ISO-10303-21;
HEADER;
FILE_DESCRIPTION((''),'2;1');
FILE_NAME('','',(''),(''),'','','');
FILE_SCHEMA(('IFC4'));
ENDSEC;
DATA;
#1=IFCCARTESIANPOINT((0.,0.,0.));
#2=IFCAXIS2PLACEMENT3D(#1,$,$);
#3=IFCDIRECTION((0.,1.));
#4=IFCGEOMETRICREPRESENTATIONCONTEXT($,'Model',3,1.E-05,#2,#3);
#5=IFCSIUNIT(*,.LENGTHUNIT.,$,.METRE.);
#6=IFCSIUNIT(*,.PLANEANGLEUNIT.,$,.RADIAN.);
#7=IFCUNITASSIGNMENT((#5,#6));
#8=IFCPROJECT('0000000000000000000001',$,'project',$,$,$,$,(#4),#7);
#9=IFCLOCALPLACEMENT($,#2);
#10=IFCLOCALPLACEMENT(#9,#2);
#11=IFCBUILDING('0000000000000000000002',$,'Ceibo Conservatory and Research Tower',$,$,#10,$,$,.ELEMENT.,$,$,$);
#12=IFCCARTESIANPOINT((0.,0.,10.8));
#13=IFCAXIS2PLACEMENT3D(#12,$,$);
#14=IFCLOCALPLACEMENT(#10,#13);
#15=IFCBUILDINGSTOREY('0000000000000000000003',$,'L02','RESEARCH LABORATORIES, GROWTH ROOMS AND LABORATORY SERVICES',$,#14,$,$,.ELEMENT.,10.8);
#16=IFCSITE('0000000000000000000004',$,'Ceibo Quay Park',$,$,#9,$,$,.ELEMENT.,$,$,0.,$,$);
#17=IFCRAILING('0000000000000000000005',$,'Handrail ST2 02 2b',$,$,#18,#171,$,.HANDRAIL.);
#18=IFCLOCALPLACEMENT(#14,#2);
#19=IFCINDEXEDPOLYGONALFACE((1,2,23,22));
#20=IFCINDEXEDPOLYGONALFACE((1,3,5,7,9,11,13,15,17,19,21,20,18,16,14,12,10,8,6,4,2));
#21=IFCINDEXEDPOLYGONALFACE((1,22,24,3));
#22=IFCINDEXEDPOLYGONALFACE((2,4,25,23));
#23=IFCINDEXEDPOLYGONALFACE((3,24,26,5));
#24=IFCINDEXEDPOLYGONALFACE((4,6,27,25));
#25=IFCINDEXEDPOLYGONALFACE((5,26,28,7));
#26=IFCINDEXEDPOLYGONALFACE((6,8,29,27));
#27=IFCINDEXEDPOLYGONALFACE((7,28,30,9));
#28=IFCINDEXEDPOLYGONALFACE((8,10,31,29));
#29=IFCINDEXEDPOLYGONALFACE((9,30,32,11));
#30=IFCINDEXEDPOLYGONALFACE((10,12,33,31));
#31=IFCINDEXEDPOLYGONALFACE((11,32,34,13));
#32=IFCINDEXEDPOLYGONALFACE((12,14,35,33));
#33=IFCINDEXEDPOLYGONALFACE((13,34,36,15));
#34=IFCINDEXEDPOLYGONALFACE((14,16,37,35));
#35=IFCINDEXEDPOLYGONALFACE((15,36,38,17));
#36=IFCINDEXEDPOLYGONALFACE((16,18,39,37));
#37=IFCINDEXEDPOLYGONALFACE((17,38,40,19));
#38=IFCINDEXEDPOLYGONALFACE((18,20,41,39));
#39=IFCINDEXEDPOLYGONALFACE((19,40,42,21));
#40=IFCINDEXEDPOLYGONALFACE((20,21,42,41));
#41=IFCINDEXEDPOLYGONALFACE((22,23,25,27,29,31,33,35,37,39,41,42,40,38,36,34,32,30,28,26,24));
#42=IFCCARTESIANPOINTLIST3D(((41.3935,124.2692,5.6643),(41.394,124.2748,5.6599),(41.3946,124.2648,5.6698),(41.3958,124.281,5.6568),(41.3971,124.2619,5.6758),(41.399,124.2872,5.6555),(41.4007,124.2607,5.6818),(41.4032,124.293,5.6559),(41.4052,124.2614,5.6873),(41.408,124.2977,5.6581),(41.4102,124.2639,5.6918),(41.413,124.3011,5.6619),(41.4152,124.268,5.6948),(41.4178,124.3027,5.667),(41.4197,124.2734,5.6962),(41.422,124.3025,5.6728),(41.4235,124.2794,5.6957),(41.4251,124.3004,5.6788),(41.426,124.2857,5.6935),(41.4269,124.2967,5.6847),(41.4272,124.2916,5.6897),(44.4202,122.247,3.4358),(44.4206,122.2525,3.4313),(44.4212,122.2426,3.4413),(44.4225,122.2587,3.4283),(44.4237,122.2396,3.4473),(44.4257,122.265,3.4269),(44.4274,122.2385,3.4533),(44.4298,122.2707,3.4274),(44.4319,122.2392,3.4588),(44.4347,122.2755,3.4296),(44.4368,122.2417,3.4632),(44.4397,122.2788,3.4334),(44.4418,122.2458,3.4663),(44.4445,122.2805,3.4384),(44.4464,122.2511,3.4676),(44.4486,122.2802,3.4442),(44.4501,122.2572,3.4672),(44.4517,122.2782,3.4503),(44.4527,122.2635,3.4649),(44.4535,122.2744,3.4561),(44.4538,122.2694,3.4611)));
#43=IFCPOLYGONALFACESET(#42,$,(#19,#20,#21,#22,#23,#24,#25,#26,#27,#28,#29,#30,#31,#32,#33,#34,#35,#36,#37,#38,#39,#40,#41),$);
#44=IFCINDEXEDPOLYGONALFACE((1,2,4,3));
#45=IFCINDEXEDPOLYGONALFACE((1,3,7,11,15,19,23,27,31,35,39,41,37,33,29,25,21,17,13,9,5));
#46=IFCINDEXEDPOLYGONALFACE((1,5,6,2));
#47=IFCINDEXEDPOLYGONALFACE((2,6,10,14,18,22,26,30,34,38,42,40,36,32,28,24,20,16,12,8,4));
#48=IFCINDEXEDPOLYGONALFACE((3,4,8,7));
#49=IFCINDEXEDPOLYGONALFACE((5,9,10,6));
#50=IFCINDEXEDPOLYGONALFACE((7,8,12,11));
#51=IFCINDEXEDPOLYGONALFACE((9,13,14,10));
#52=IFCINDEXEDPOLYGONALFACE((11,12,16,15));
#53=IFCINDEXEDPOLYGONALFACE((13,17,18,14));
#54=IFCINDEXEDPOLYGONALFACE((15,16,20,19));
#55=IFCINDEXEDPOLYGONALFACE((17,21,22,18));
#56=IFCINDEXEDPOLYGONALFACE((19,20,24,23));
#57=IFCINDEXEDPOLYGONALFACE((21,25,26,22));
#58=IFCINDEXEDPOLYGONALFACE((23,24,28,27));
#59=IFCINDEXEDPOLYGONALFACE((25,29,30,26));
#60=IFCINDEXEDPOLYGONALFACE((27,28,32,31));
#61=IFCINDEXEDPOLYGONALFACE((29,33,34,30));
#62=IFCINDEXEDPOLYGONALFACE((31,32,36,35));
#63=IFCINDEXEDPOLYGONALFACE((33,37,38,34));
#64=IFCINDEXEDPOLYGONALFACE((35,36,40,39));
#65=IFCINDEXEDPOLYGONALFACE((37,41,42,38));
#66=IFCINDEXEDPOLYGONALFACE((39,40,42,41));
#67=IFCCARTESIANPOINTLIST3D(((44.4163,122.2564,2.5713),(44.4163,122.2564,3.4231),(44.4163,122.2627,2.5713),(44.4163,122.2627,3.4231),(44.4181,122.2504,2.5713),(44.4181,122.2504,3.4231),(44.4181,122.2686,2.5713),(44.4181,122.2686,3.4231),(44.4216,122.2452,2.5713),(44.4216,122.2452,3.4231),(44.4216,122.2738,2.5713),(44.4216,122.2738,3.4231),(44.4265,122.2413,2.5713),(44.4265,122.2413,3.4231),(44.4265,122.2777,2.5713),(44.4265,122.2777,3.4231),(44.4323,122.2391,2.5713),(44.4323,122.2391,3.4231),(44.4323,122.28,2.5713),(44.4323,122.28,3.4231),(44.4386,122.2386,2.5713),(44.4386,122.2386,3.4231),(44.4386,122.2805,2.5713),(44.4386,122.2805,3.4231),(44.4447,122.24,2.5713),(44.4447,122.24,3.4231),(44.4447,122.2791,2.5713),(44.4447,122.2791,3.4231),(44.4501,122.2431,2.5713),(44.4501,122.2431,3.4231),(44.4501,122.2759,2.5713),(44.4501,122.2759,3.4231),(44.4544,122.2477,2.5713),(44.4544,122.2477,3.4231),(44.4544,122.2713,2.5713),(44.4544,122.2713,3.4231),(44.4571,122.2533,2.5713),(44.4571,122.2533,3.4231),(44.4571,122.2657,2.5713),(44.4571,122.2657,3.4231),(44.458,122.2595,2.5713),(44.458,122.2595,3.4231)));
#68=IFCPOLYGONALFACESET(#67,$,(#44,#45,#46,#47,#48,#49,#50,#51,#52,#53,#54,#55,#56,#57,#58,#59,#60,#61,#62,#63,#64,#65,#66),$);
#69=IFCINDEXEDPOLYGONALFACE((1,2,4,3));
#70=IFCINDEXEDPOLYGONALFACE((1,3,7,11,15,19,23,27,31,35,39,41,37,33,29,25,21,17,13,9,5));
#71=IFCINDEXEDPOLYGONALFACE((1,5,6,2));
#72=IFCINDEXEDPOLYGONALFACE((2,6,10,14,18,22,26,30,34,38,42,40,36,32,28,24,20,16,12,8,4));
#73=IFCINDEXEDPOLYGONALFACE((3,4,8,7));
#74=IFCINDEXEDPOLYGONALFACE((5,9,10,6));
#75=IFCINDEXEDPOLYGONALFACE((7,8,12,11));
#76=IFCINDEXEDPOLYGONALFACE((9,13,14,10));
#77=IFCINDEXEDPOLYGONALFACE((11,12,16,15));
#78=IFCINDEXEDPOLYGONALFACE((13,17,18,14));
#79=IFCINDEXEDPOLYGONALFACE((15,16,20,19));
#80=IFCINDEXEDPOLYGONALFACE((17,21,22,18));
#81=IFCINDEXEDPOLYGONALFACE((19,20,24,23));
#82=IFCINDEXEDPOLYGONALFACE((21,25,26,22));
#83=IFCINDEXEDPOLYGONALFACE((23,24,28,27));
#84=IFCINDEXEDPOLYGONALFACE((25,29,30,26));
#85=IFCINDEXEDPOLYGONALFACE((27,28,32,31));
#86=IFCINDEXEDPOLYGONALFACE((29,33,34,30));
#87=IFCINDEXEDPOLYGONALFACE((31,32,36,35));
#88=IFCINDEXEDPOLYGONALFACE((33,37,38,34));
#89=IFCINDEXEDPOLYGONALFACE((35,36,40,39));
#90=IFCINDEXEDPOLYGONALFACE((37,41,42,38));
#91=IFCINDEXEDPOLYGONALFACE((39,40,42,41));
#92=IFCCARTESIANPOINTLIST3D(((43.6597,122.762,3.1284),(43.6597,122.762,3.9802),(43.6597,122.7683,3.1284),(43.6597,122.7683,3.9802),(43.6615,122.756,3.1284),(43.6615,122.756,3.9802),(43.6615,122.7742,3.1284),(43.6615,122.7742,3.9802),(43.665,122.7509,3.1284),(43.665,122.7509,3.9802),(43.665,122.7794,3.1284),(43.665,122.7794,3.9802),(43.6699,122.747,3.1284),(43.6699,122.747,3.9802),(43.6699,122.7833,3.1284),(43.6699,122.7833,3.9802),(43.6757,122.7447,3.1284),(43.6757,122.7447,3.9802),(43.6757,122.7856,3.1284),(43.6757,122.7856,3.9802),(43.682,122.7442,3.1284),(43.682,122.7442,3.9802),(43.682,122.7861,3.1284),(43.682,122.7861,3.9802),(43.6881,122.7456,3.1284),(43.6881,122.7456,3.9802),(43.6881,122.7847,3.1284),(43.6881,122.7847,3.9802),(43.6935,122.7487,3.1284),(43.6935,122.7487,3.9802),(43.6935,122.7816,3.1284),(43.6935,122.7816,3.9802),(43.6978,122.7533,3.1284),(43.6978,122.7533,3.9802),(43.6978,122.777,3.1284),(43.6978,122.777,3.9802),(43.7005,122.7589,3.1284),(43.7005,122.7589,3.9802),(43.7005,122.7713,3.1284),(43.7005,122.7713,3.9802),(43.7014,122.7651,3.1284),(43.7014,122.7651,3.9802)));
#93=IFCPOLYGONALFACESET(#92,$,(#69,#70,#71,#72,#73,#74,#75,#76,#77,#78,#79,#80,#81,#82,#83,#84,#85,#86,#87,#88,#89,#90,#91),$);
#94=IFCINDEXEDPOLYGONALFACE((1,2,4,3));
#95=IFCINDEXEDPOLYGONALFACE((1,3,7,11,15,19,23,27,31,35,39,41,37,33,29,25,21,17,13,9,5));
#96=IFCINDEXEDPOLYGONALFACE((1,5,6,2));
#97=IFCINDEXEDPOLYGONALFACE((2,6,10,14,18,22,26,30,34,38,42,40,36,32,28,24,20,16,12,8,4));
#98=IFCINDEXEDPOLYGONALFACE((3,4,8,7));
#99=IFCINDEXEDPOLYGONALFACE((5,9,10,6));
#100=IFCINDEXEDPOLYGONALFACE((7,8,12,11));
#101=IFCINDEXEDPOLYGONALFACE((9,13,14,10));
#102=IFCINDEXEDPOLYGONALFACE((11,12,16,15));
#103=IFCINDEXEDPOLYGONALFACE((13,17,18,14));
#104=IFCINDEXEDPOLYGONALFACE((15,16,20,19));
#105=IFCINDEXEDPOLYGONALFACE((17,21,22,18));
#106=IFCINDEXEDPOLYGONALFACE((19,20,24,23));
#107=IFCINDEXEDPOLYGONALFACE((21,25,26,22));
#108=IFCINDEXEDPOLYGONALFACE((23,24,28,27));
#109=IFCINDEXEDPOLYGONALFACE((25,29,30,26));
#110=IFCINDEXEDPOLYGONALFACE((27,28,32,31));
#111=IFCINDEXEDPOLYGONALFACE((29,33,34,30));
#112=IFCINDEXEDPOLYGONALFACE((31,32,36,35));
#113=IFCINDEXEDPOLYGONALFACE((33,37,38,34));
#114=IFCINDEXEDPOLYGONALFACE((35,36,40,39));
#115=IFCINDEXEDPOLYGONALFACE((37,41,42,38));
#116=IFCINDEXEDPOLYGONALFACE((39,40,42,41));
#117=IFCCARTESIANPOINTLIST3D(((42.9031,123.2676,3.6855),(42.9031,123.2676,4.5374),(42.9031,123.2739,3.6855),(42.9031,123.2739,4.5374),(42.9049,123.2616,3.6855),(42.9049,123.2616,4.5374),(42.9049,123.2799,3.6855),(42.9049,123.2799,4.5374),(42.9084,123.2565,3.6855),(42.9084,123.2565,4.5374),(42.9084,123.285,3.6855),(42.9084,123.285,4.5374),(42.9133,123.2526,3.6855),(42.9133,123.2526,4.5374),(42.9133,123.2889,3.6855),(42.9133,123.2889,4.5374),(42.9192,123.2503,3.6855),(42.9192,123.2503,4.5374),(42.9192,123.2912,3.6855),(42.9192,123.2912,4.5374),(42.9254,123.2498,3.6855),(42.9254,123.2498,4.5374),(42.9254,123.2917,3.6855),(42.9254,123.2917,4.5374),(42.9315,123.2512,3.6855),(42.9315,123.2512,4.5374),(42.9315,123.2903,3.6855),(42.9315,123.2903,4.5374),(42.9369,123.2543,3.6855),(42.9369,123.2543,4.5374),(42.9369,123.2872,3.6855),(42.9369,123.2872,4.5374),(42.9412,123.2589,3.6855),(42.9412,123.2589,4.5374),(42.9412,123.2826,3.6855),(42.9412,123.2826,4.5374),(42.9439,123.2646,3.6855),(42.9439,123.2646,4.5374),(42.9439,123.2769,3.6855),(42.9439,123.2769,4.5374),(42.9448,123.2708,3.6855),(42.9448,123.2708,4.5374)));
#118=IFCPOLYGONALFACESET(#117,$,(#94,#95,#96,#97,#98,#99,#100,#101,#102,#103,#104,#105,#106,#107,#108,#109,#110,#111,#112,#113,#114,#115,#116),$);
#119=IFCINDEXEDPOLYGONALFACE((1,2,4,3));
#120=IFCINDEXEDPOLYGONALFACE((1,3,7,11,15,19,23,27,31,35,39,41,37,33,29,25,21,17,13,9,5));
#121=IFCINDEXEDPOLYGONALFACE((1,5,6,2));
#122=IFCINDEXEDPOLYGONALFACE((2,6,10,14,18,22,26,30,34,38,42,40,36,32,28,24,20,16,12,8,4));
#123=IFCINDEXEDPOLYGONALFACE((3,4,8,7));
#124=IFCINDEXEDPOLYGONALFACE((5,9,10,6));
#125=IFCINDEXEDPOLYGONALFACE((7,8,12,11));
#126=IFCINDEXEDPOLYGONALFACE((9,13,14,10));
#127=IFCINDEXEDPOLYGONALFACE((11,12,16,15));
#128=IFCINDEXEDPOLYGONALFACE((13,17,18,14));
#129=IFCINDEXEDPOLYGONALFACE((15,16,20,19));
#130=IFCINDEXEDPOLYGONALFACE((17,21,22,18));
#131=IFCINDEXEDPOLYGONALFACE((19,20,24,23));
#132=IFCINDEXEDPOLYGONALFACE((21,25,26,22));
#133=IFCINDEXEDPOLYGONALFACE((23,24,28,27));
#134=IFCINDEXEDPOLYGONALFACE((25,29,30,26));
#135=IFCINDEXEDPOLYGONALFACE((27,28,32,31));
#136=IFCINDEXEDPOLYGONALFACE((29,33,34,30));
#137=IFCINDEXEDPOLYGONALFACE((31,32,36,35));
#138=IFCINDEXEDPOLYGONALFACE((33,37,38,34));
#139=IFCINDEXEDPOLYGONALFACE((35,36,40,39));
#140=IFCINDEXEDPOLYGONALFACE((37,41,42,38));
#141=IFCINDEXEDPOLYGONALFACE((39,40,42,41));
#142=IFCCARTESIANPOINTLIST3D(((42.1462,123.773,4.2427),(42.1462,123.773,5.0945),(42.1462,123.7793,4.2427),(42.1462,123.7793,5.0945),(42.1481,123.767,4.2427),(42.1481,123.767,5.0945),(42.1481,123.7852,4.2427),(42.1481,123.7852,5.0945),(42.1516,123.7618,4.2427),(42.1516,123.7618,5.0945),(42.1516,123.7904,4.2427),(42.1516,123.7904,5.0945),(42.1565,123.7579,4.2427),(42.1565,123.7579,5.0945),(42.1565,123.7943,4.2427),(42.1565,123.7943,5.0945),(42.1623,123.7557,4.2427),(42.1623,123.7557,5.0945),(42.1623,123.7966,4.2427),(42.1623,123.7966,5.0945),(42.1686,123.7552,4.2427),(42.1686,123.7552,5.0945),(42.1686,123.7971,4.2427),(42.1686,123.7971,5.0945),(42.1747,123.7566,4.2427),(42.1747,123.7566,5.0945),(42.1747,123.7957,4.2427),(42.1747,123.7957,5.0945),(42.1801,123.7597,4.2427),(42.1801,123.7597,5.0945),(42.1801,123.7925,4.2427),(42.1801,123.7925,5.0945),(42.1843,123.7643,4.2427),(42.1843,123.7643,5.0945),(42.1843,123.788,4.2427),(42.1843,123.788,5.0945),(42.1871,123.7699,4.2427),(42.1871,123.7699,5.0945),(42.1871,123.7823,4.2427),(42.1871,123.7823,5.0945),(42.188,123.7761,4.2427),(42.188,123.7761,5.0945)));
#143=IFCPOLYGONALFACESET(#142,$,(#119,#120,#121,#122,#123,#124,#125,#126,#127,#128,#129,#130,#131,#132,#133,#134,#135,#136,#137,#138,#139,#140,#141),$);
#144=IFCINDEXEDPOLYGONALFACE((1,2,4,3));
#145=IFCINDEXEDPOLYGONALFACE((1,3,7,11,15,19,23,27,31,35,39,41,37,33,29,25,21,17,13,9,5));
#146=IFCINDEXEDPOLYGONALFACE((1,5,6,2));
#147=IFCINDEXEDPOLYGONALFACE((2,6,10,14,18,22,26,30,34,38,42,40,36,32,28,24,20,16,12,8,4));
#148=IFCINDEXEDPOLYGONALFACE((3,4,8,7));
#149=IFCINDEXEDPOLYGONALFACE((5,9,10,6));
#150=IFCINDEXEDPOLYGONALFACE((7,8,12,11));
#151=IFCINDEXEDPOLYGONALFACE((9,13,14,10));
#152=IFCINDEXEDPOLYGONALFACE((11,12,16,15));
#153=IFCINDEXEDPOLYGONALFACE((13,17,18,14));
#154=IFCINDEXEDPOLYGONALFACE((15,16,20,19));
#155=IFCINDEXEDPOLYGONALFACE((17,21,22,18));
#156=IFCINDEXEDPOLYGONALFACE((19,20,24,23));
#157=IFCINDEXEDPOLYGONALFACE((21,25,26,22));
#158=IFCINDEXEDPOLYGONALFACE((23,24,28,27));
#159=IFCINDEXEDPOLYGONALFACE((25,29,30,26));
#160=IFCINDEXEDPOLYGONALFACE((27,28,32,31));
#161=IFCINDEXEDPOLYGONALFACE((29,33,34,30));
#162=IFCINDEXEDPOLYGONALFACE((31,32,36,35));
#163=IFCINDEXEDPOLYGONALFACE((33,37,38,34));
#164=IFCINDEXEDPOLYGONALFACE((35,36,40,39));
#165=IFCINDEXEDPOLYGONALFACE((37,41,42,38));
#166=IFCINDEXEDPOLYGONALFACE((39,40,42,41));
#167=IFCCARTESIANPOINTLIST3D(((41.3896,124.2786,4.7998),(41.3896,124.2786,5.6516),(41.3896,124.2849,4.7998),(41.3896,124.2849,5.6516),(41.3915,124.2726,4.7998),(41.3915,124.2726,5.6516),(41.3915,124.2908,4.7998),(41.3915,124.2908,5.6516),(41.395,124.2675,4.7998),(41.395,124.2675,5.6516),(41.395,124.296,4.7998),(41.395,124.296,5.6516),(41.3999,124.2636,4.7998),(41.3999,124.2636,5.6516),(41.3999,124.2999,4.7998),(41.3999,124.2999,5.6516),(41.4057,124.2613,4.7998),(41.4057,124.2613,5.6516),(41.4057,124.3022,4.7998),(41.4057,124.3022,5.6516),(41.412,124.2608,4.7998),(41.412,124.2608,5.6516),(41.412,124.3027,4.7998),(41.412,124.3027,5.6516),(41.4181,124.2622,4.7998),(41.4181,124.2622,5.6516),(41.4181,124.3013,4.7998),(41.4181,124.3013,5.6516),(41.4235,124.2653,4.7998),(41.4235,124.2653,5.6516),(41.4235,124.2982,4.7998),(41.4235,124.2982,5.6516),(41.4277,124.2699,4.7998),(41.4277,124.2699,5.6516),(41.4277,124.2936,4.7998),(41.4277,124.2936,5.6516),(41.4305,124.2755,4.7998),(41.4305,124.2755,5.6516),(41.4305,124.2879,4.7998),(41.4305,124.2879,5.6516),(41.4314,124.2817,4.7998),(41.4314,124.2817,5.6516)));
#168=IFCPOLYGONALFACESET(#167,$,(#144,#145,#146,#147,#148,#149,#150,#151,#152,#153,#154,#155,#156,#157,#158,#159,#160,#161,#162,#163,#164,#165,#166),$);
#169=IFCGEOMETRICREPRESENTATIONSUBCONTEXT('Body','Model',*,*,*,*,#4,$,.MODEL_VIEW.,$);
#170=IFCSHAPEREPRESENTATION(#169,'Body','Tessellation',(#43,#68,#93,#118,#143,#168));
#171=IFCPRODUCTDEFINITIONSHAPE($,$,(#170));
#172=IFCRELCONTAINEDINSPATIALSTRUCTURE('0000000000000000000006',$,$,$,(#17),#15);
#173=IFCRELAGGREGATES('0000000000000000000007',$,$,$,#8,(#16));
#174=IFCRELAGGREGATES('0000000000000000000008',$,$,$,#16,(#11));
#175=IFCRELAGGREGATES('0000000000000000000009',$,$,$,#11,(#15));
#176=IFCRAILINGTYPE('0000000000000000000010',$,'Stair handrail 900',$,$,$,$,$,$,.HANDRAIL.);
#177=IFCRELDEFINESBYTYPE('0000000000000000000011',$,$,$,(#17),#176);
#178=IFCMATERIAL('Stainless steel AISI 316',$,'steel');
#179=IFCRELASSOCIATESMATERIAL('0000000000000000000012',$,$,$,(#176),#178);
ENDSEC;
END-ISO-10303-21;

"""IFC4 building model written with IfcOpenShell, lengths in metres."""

from ifc_helpers import new_model, si_unit, direction, frame, origin, origin_2d, place, context, subcontext, project, spatial, circle, extrude, material, type_object, element, save


model = new_model("IFC4")

# Units and contexts
model_context = context("Model", 3, precision=1e-05, world=origin(), true_north=direction((0.0, 1.0)))
body_context = subcontext(model_context, "Body", "Model", "MODEL_VIEW")
ifc_project = project(units=[si_unit("LENGTHUNIT", "METRE"), si_unit("PLANEANGLEUNIT", "RADIAN")], contexts=[model_context])

# Site, building, storey
site_placement = place(None, origin())
site = spatial("IfcSite", under=ifc_project, at=site_placement, Name="Ceibo Quay Park", CompositionType="ELEMENT", RefElevation=0.0)
building_placement = place(site_placement, origin())
building = spatial("IfcBuilding", under=site, at=building_placement, Name="Ceibo Conservatory and Research Tower", CompositionType="ELEMENT")
storey_placement = place(building_placement, frame((0.0, 0.0, 10.8)))
storey = spatial("IfcBuildingStorey", under=building, at=storey_placement, Name="L02", Description="RESEARCH LABORATORIES, GROWTH ROOMS AND LABORATORY SERVICES", CompositionType="ELEMENT", Elevation=10.8)

# Shared definitions
ifc_material_1 = material(Name="Stainless steel AISI 316", Category="steel")

# Railing
railing_type = type_object("IfcRailingType", Name="Stair handrail 900", PredefinedType="HANDRAIL", material=ifc_material_1)
railing_1_placement = place(storey_placement, frame((44.437, 122.2595, 2.5713)))
element("IfcRailing", 1, at=railing_1_placement, inside=storey, type_object=railing_type, Name="Handrail ST2 02 2b", PredefinedType="HANDRAIL", context=body_context, shape_type="SweptSolid", body=[
    extrude(circle(Radius=0.0239, at=origin_2d()), frame((0.0, 0.0, 0.876), z_axis=(-0.709137, 0.473806, 0.522142), x_axis=(-0.555551, -0.831482, 0.0)), (0.0, 0.0, 1.0), 4.2681),
    extrude(circle(Radius=0.021, at=origin_2d()), origin(), (0.0, 0.0, 1.0), 0.8518),
    extrude(circle(Radius=0.021, at=origin_2d()), frame((-0.7566, 0.5056, 0.5571)), (0.0, 0.0, 1.0), 0.8518),
    extrude(circle(Radius=0.021, at=origin_2d()), frame((-1.5132, 1.0112, 1.1143)), (0.0, 0.0, 1.0), 0.8518),
    extrude(circle(Radius=0.021, at=origin_2d()), frame((-2.27, 1.5166, 1.6714)), (0.0, 0.0, 1.0), 0.8518),
    extrude(circle(Radius=0.021, at=origin_2d()), frame((-3.0266, 2.0222, 2.2285)), (0.0, 0.0, 1.0), 0.8518),
])

save(model, "model.ifc")
